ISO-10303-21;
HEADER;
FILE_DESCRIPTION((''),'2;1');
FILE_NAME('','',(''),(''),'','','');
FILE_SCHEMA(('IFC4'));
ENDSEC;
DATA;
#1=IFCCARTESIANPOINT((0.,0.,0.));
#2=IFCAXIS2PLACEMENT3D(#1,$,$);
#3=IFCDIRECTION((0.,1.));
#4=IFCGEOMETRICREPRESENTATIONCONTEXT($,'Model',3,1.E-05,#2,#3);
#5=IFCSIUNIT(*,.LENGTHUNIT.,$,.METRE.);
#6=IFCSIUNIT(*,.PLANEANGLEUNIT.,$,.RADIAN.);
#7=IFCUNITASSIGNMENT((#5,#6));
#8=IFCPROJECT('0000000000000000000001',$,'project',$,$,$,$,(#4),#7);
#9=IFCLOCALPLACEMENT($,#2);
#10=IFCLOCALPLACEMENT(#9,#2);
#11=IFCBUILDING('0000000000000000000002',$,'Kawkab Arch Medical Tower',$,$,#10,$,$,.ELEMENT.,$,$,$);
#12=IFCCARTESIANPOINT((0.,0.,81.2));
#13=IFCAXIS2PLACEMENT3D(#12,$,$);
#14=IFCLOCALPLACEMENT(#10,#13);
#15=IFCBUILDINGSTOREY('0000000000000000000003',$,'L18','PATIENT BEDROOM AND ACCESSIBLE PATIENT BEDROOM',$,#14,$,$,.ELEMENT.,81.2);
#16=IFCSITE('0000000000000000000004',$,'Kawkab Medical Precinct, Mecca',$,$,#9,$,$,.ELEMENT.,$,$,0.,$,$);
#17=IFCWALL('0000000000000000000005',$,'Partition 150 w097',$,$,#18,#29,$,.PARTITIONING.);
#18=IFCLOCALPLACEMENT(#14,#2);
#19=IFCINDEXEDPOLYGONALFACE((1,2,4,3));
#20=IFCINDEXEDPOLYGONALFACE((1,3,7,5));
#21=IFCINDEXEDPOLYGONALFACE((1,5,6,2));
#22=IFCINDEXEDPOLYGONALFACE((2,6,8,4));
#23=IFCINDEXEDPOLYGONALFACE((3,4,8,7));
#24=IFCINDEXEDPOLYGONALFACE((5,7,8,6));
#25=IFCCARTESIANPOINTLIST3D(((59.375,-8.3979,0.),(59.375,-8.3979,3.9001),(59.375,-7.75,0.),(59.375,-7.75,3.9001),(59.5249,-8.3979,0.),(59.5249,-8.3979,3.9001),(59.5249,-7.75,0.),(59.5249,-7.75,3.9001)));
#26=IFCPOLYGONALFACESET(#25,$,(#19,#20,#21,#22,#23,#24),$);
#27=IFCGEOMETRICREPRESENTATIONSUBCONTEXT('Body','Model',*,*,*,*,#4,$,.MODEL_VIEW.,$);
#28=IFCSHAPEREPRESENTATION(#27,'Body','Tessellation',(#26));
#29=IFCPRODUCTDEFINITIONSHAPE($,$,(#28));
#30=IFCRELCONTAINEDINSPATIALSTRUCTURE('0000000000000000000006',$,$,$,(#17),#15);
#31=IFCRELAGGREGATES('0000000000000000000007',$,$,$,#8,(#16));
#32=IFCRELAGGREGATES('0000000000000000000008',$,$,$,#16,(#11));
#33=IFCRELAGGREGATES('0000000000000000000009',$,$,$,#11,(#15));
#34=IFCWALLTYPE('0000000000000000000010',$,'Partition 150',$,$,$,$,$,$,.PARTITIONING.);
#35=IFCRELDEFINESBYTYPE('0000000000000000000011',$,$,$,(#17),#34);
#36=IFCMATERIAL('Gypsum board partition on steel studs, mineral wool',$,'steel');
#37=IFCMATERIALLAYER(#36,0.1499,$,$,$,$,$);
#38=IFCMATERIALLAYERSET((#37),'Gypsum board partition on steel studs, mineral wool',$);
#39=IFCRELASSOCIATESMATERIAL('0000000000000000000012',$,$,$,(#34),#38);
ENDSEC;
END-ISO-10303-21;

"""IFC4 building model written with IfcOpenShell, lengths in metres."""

from ifc_helpers import new_model, si_unit, direction, frame, frame_2d, origin, place, context, subcontext, project, spatial, rectangle, extrude, material, layer, layer_set, type_object, element, save


model = new_model("IFC4")

# Units and contexts
model_context = context("Model", 3, precision=1e-05, world=origin(), true_north=direction((0.0, 1.0)))
body_context = subcontext(model_context, "Body", "Model", "MODEL_VIEW")
ifc_project = project(units=[si_unit("LENGTHUNIT", "METRE"), si_unit("PLANEANGLEUNIT", "RADIAN")], contexts=[model_context])

# Site, building, storey
site_placement = place(None, origin())
site = spatial("IfcSite", under=ifc_project, at=site_placement, Name="Kawkab Medical Precinct, Mecca", CompositionType="ELEMENT", RefElevation=0.0)
building_placement = place(site_placement, origin())
building = spatial("IfcBuilding", under=site, at=building_placement, Name="Kawkab Arch Medical Tower", CompositionType="ELEMENT")
storey_placement = place(building_placement, frame((0.0, 0.0, 81.2)))
storey = spatial("IfcBuildingStorey", under=building, at=storey_placement, Name="L18", Description="PATIENT BEDROOM AND ACCESSIBLE PATIENT BEDROOM", CompositionType="ELEMENT", Elevation=81.2)

# Shared definitions
ifc_material_1 = material(Name="Gypsum board partition on steel studs, mineral wool", Category="steel")
ifc_layer_1 = layer(ifc_material_1, 0.1499)
ifc_layer_set_1 = layer_set([ifc_layer_1], Name="Gypsum board partition on steel studs, mineral wool")
wall_type_1 = type_object("IfcWallType", Name="Partition 150", PredefinedType="PARTITIONING", material=ifc_layer_set_1)

# Wall
wall_1_placement = place(storey_placement, frame((59.45, -8.3979, 0.0), z_axis=(0.0, 0.0, 1.0), x_axis=(0.0, 1.0, 0.0)))
element("IfcWall", 1, at=wall_1_placement, inside=storey, type_object=wall_type_1, Name="Partition 150 w097", PredefinedType="PARTITIONING", context=body_context, shape_type="SweptSolid", body=[
    extrude(rectangle(XDim=0.6479, YDim=0.1499, at=frame_2d((0.324, 0.0))), origin(), (0.0, 0.0, 1.0), 3.9001),
])

save(model, "model.ifc")
